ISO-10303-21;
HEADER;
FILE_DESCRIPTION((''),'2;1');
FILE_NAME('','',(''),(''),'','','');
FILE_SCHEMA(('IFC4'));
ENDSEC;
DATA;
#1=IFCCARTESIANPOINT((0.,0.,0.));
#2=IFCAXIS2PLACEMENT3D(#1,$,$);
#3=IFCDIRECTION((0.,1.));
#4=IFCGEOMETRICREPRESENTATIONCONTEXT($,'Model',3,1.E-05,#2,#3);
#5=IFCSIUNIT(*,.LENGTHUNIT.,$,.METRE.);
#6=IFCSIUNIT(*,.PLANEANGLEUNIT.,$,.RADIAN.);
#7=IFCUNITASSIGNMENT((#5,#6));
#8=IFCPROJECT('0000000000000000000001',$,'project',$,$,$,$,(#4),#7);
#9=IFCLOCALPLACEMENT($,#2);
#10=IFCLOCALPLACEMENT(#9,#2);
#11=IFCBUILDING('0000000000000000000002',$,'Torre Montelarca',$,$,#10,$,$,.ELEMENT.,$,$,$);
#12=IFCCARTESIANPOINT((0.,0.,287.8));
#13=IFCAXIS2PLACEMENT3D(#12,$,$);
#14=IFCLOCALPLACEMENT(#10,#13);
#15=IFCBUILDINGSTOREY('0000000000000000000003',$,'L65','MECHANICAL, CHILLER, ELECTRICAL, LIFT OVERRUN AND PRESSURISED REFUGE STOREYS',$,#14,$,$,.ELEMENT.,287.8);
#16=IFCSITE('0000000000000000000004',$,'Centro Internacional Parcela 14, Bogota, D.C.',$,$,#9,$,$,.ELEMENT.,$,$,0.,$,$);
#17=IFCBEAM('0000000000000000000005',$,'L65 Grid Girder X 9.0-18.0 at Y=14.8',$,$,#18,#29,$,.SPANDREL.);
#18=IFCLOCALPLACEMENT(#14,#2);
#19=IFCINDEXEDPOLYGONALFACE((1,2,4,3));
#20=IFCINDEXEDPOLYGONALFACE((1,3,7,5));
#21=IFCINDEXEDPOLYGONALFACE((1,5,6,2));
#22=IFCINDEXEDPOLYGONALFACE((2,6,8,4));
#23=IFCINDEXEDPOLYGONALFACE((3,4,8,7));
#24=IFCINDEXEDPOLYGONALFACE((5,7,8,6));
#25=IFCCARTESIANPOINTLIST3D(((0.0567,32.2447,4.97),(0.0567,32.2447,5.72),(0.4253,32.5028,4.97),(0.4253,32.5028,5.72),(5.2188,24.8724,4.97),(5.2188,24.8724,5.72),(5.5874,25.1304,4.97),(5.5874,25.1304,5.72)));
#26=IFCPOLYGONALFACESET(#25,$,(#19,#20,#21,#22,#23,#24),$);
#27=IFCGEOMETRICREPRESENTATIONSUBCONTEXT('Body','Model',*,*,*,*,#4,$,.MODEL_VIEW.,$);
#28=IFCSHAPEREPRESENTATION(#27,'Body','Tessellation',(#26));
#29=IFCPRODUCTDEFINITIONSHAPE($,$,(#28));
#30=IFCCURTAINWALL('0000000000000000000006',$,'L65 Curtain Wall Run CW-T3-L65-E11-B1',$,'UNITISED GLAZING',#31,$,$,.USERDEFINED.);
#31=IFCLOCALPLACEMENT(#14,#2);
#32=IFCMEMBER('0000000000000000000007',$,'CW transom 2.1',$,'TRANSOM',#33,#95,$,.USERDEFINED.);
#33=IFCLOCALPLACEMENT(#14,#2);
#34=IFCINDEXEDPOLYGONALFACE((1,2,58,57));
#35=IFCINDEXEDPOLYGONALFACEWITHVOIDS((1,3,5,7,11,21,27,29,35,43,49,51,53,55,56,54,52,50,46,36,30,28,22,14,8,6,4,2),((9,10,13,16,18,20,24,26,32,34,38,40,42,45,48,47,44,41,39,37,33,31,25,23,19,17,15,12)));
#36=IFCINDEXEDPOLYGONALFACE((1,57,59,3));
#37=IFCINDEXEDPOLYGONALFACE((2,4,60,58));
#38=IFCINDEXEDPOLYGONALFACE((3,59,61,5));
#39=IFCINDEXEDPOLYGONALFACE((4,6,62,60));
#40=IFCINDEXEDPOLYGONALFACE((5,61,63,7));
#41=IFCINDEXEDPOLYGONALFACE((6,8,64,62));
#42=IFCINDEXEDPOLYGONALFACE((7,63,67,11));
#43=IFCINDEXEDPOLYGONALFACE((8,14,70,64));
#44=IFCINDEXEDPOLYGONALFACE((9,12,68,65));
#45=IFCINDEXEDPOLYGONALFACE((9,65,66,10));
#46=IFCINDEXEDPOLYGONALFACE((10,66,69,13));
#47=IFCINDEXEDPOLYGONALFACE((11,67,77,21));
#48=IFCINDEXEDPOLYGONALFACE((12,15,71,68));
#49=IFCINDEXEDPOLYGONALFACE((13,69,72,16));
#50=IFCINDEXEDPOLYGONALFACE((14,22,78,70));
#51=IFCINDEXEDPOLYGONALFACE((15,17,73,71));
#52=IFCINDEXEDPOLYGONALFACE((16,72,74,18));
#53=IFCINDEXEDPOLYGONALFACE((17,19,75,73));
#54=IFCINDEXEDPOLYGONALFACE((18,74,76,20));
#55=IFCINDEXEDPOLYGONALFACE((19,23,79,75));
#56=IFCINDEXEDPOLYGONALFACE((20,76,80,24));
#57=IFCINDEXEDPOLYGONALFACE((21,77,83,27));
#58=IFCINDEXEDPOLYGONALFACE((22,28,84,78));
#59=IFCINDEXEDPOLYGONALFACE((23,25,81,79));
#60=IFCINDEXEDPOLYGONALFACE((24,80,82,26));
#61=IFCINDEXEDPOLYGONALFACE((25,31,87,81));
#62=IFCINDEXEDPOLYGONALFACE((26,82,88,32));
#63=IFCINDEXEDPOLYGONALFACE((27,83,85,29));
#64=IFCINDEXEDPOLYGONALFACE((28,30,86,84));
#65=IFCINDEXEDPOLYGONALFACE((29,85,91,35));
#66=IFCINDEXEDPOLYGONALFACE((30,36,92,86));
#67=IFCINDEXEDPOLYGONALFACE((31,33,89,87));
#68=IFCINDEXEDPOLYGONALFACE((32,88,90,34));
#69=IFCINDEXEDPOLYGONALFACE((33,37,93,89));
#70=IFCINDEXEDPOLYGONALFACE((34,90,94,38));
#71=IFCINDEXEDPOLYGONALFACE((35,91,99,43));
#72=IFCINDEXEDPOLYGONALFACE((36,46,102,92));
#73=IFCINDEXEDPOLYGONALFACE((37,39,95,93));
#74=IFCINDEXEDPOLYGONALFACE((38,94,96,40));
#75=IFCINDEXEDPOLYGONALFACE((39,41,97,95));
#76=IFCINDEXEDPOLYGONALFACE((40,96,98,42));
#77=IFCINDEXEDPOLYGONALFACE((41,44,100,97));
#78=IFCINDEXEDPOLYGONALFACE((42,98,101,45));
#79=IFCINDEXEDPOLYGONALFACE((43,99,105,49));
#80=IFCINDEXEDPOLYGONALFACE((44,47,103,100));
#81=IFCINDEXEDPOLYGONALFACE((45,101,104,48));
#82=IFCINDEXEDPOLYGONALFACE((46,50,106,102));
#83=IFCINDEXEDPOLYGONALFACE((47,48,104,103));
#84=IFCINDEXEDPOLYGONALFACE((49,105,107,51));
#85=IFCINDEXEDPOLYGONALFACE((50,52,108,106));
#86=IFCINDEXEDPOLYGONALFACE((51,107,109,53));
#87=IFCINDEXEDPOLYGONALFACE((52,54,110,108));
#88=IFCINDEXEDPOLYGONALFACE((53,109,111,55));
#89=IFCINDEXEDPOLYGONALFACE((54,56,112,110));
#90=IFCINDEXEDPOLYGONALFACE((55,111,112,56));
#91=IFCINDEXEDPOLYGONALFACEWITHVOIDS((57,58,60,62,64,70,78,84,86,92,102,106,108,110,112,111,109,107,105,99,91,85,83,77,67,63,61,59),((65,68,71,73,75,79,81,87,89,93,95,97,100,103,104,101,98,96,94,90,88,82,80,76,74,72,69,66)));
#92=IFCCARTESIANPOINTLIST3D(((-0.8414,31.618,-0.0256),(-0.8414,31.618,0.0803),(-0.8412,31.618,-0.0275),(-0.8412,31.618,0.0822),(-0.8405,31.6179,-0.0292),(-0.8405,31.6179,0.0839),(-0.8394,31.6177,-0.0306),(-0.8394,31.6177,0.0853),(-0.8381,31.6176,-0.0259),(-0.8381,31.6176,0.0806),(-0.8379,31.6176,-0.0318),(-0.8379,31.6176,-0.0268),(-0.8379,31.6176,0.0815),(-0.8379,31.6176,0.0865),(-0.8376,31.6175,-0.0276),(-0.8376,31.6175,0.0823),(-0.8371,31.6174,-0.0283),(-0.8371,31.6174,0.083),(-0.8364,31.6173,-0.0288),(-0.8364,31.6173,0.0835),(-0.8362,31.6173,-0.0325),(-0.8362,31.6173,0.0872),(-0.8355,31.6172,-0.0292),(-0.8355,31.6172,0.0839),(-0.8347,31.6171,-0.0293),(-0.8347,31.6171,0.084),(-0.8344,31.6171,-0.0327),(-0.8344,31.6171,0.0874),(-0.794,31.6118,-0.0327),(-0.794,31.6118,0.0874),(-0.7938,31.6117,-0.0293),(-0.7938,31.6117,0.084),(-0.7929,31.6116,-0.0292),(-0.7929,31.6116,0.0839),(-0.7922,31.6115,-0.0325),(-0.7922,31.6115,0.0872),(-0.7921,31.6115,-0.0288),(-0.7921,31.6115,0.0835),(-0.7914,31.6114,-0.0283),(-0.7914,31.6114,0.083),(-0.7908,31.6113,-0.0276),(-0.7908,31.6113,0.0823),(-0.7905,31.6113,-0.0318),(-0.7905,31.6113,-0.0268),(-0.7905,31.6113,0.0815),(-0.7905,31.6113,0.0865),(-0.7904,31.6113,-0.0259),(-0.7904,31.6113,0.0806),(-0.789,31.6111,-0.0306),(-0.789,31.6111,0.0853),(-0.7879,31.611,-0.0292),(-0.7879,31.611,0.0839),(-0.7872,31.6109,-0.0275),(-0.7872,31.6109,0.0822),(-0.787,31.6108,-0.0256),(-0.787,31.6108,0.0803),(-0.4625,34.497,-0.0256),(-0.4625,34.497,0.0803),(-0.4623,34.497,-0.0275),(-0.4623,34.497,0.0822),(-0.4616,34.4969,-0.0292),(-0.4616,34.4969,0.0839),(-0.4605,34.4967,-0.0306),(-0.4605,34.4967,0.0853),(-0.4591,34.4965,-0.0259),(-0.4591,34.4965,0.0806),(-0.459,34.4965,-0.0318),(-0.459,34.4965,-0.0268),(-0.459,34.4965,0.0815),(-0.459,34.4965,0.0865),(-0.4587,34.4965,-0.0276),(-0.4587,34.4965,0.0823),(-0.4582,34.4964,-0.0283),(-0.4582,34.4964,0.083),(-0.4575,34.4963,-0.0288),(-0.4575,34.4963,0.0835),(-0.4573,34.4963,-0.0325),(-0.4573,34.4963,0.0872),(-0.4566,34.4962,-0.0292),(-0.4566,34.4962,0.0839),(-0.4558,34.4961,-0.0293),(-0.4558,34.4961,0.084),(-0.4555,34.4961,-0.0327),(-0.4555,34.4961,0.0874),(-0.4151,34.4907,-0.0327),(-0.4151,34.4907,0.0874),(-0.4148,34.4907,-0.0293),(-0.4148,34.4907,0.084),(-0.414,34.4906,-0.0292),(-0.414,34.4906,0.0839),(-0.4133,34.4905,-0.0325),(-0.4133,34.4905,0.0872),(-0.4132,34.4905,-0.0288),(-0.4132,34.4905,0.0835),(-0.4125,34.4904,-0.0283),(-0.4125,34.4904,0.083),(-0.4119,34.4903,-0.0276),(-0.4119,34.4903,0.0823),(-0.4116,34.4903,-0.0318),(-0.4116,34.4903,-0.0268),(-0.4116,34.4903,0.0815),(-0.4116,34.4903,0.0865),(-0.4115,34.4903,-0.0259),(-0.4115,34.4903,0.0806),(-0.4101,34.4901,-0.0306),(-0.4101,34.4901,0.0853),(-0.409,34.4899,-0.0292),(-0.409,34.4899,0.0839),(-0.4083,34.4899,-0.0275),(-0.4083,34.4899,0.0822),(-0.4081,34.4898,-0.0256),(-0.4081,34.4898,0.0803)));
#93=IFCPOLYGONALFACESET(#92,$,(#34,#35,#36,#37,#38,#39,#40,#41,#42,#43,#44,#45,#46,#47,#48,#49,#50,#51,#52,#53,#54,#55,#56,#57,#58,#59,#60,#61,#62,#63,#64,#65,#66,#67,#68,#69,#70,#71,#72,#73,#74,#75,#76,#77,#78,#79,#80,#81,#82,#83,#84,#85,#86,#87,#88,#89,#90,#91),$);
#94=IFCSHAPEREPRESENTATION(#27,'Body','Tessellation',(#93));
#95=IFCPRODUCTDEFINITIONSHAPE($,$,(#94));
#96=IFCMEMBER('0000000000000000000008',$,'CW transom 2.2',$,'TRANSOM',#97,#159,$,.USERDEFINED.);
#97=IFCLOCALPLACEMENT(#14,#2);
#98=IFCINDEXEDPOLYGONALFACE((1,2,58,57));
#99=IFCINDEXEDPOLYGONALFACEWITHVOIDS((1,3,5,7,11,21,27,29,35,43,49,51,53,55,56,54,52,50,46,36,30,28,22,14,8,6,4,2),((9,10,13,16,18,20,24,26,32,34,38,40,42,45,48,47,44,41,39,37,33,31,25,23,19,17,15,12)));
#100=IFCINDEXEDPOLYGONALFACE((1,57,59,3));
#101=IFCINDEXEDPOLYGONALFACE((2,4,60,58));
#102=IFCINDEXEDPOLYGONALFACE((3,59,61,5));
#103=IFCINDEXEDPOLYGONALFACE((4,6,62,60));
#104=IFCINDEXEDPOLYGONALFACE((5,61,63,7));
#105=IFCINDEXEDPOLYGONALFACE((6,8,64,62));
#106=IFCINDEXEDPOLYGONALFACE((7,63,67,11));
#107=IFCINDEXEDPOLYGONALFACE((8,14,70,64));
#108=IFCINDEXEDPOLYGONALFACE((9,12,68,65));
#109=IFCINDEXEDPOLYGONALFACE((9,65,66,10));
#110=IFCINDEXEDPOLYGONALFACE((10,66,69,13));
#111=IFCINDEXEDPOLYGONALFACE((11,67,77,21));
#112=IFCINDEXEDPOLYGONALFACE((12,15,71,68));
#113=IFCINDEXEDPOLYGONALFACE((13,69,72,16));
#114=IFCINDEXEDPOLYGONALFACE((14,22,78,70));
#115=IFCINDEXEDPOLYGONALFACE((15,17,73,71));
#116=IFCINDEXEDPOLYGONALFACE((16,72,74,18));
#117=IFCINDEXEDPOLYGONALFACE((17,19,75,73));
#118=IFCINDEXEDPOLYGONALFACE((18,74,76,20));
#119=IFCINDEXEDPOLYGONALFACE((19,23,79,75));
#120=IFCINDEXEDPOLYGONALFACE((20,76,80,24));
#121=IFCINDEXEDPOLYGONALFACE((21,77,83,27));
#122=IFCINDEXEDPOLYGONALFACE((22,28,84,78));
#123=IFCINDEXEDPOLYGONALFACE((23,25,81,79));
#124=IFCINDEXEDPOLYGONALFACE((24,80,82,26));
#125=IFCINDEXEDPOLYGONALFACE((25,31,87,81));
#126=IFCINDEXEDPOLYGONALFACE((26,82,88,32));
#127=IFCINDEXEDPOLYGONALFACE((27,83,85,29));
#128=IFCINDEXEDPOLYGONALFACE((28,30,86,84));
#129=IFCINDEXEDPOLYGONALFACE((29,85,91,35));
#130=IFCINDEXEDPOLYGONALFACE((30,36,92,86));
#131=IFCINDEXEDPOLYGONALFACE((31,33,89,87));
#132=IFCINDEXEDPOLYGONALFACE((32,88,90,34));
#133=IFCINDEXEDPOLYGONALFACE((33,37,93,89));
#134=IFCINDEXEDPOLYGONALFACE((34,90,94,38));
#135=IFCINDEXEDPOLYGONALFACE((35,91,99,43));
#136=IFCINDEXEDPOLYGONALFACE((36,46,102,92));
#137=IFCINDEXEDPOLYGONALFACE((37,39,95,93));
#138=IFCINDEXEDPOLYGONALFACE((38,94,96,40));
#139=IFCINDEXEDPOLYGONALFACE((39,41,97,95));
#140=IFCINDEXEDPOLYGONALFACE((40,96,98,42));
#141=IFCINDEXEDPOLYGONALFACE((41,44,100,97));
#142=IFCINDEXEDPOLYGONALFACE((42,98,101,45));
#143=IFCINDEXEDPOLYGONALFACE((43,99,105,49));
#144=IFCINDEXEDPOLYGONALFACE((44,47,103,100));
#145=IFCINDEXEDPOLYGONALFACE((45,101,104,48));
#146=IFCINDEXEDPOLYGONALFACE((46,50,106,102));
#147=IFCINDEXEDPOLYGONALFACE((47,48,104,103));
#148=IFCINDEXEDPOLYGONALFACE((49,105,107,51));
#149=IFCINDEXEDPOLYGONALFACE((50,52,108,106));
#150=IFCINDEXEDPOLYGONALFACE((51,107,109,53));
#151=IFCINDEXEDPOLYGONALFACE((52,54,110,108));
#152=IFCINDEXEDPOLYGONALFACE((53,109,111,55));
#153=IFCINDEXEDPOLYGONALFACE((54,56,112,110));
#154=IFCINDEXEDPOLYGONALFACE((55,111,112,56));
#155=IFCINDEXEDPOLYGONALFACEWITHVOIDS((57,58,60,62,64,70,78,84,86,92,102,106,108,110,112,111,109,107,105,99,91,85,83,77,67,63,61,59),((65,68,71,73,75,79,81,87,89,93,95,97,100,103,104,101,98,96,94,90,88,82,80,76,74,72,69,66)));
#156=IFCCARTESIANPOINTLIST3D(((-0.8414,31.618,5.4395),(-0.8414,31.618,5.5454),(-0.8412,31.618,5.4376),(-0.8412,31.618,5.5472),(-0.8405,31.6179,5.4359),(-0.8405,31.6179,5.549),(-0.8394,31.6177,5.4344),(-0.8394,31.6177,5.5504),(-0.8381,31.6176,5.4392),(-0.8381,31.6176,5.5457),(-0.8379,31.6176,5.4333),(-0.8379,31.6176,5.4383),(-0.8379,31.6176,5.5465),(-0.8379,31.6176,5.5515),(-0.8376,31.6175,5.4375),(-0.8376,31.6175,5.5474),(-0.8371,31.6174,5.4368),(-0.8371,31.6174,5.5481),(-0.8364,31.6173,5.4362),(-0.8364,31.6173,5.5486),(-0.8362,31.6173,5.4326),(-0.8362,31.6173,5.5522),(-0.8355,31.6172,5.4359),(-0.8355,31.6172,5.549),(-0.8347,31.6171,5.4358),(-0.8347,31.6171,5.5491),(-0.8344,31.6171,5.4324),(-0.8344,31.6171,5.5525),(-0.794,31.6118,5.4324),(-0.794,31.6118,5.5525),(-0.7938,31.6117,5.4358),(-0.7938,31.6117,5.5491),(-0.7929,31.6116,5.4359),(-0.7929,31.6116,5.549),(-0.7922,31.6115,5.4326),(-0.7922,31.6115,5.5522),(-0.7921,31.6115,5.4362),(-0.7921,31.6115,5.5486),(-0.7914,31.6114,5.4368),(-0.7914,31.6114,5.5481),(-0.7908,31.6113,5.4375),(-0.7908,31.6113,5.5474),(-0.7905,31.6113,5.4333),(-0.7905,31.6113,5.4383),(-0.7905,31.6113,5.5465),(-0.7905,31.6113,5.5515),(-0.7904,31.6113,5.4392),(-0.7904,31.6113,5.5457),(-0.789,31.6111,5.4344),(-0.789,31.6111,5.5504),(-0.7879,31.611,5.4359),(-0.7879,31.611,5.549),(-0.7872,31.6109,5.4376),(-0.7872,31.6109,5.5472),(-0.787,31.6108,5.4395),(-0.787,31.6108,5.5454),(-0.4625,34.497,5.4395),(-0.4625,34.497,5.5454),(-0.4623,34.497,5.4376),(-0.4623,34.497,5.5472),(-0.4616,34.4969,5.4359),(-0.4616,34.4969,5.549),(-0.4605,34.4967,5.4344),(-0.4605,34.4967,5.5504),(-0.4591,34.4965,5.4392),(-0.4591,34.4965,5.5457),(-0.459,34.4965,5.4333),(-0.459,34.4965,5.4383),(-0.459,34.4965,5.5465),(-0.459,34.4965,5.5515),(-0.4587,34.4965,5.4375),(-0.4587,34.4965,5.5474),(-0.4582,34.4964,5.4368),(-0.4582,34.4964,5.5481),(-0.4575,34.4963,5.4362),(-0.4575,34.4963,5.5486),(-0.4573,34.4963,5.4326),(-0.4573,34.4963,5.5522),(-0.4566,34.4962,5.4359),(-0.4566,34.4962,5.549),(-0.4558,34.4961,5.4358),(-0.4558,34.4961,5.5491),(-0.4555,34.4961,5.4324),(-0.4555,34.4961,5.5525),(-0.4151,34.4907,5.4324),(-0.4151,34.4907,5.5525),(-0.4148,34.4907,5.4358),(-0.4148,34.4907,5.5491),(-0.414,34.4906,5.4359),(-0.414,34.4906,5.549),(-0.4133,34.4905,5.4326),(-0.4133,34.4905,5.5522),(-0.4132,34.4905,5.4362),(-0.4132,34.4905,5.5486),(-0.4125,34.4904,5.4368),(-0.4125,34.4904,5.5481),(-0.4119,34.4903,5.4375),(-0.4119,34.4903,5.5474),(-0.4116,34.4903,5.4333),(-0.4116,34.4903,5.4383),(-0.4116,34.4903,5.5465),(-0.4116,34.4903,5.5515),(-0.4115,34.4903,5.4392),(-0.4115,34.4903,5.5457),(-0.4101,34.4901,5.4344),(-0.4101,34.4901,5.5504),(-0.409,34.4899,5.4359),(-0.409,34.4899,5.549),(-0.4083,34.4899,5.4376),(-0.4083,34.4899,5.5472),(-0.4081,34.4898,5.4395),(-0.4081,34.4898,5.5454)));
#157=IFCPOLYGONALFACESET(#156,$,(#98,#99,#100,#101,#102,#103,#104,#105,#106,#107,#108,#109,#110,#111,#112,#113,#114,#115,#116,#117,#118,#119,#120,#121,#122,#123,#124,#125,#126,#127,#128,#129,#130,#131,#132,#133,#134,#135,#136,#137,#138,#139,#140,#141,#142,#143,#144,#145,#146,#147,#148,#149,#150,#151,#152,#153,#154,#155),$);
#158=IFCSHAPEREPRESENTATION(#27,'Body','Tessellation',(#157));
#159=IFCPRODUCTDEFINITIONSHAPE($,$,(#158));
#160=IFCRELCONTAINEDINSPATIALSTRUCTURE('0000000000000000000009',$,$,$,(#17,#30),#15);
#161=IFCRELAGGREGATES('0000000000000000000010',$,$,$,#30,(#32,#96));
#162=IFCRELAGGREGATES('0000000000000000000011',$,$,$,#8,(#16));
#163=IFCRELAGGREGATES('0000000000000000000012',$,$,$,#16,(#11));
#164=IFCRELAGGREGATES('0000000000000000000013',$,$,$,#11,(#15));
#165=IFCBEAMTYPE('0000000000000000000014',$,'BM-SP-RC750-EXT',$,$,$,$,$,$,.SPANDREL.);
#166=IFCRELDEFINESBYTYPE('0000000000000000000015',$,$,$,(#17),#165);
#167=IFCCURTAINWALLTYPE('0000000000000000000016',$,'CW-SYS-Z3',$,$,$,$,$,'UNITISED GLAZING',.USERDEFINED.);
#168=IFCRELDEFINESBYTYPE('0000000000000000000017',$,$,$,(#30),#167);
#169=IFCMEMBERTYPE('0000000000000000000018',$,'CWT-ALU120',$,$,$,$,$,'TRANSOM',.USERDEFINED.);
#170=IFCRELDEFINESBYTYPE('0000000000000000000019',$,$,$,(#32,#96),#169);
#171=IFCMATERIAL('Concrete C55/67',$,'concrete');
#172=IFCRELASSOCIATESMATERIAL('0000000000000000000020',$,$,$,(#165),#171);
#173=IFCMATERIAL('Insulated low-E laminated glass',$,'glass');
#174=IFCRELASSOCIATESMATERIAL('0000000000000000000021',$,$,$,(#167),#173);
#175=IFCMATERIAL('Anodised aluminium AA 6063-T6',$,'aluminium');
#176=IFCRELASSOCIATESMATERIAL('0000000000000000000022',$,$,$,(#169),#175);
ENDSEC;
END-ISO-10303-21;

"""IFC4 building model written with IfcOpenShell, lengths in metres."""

from ifc_helpers import new_model, si_unit, direction, frame, origin, origin_2d, place, context, subcontext, project, spatial, rectangle, hollow_rectangle, extrude, source, transform, mapped, material, material_profile, profile_set, type_object, element, aggregate, save


model = new_model("IFC4")

# Units and contexts
model_context = context("Model", 3, precision=1e-05, world=origin(), true_north=direction((0.0, 1.0)))
body_context = subcontext(model_context, "Body", "Model", "MODEL_VIEW")
ifc_project = project(units=[si_unit("LENGTHUNIT", "METRE"), si_unit("PLANEANGLEUNIT", "RADIAN")], contexts=[model_context])

# Site, building, storey
site_placement = place(None, origin())
site = spatial("IfcSite", under=ifc_project, at=site_placement, Name="Centro Internacional Parcela 14, Bogota, D.C.", CompositionType="ELEMENT", RefElevation=0.0)
building_placement = place(site_placement, origin())
building = spatial("IfcBuilding", under=site, at=building_placement, Name="Torre Montelarca", CompositionType="ELEMENT")
storey_placement = place(building_placement, frame((0.0, 0.0, 287.8)))
storey = spatial("IfcBuildingStorey", under=building, at=storey_placement, Name="L65", Description="MECHANICAL, CHILLER, ELECTRICAL, LIFT OVERRUN AND PRESSURISED REFUGE STOREYS", CompositionType="ELEMENT", Elevation=287.8)

# Shared definitions
ifc_material_1 = material(Name="Concrete C55/67", Category="concrete")

# Beam
ifc_material_profile_1 = material_profile(ifc_material_1, rectangle(XDim=0.45, YDim=0.75, at=origin_2d()), Name="RCB450X750", Category="concrete")
ifc_profile_set_1 = profile_set([ifc_material_profile_1], Name="Concrete C55/67")
beam_type = type_object("IfcBeamType", Name="BM-SP-RC750-EXT", PredefinedType="SPANDREL", material=ifc_profile_set_1)
shared_shape_1 = source(origin(), body_context, "Body", "SweptSolid", [
    extrude(rectangle(XDim=0.45, YDim=0.75, at=origin_2d()), origin(), (0.0, 0.0, 1.0), 9.0),
])
beam_placement = place(storey_placement, frame((0.241, 32.3738, 5.345), z_axis=(0.573573, -0.819154, 0.0), x_axis=(0.819154, 0.573573, 0.0)))
element("IfcBeam", 1, at=beam_placement, inside=storey, type_object=beam_type, Name="L65 Grid Girder X 9.0-18.0 at Y=14.8", PredefinedType="SPANDREL", context=body_context, shape_type="MappedRepresentation", body=[
    mapped(shared_shape_1, transform((0.0, 0.0, 0.0), scale=1.0)),
])

# Curtain wall, members
ifc_material_2 = material(Name="Insulated low-E laminated glass", Category="glass")
curtain_wall_type = type_object("IfcCurtainWallType", Name="CW-SYS-Z3", ElementType="UNITISED GLAZING", PredefinedType="USERDEFINED", material=ifc_material_2)
curtain_wall_1_placement = place(storey_placement, origin())
curtain_wall_1 = element("IfcCurtainWall", 2, at=curtain_wall_1_placement, inside=storey, type_object=curtain_wall_type, Name="L65 Curtain Wall Run CW-T3-L65-E11-B1", ObjectType="UNITISED GLAZING", PredefinedType="USERDEFINED")
ifc_material_3 = material(Name="Anodised aluminium AA 6063-T6", Category="aluminium")
ifc_material_profile_2 = material_profile(ifc_material_3, hollow_rectangle(XDim=0.0549, YDim=0.1201, WallThickness=0.0034, InnerFilletRadius=0.0034, OuterFilletRadius=0.0071, at=origin_2d()), Name="ALU55X120X3.5", Category="aluminium")
ifc_profile_set_2 = profile_set([ifc_material_profile_2], Name="Anodised aluminium AA 6063-T6")
member_type_1 = type_object("IfcMemberType", Name="CWT-ALU120", ElementType="TRANSOM", PredefinedType="USERDEFINED", material=ifc_profile_set_2)
shared_shape_2 = source(origin(), body_context, "Body", "SweptSolid", [
    extrude(hollow_rectangle(XDim=0.0549, YDim=0.1201, WallThickness=0.0034, InnerFilletRadius=0.0034, OuterFilletRadius=0.0071, at=origin_2d()), origin(), (0.0, 0.0, 1.0), 2.9038),
])
member_1_placement = place(storey_placement, frame((-0.4353, 34.4934, 0.0273), z_axis=(-0.130489, -0.99145, 0.0), x_axis=(0.99145, -0.130489, 0.0)))
member_1 = element("IfcMember", 3, at=member_1_placement, type_object=member_type_1, Name="CW transom 2.1", ObjectType="TRANSOM", PredefinedType="USERDEFINED", context=body_context, shape_type="MappedRepresentation", body=[
    mapped(shared_shape_2, transform((0.0, 0.0, 0.0), scale=1.0)),
])
member_2_placement = place(storey_placement, frame((-0.4353, 34.4934, 5.4924), z_axis=(-0.130489, -0.99145, 0.0), x_axis=(0.99145, -0.130489, 0.0)))
member_2 = element("IfcMember", 4, at=member_2_placement, type_object=member_type_1, Name="CW transom 2.2", ObjectType="TRANSOM", PredefinedType="USERDEFINED", context=body_context, shape_type="MappedRepresentation", body=[
    mapped(shared_shape_2, transform((0.0, 0.0, 0.0), scale=1.0)),
])

aggregate(curtain_wall_1, [member_1, member_2])

save(model, "model.ifc")
